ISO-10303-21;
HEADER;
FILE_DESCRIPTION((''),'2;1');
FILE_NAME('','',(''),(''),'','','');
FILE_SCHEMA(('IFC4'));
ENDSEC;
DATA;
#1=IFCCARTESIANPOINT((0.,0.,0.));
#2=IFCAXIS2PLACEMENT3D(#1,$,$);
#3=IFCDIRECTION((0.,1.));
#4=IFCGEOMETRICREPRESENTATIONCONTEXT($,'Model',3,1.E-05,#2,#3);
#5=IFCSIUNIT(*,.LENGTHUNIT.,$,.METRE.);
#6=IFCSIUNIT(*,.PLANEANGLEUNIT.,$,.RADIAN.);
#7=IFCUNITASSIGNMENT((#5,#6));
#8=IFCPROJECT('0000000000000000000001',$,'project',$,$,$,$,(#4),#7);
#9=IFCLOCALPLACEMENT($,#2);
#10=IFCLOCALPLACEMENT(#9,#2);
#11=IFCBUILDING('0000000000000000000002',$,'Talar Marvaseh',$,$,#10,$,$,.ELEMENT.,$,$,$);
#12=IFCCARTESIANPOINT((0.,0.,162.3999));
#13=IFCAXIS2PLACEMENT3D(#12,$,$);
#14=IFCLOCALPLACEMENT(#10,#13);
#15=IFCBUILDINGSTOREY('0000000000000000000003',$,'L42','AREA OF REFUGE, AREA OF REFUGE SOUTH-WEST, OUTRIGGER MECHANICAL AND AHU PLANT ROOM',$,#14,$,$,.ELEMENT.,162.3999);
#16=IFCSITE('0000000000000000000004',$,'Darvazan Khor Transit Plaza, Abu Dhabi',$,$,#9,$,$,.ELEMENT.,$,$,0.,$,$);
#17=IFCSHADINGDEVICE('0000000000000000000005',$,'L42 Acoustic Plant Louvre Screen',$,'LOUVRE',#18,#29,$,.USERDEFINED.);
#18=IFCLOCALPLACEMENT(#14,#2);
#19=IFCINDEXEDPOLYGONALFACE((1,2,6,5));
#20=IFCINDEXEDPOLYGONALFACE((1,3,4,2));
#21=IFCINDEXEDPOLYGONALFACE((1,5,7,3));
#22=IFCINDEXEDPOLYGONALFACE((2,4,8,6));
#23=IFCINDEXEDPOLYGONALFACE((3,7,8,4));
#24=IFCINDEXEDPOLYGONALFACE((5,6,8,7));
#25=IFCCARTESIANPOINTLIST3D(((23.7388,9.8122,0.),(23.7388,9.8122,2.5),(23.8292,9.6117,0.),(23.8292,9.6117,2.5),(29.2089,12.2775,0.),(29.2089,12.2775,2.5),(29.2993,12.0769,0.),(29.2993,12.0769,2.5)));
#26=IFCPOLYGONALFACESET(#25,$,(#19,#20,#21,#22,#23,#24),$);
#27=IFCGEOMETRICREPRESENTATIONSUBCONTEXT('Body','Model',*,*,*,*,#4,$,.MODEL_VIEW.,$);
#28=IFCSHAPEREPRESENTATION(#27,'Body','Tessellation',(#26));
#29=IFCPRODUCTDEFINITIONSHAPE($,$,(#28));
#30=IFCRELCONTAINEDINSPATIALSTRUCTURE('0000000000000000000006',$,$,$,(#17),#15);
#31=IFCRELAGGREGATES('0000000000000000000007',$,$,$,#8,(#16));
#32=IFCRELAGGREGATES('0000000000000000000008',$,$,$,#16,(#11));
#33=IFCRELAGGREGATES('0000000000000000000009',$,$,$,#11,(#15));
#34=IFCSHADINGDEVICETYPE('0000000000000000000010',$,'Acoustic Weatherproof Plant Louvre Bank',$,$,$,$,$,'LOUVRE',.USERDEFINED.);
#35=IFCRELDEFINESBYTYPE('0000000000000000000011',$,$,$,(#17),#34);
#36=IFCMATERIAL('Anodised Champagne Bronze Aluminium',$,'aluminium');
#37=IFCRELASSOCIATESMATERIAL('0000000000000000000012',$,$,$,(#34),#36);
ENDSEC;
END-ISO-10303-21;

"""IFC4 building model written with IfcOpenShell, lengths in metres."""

from ifc_helpers import new_model, si_unit, direction, frame, origin, origin_2d, place, context, subcontext, project, spatial, rectangle, extrude, source, transform, mapped, material, type_object, type_shapes, element, save


model = new_model("IFC4")

# Units and contexts
model_context = context("Model", 3, precision=1e-05, world=origin(), true_north=direction((0.0, 1.0)))
body_context = subcontext(model_context, "Body", "Model", "MODEL_VIEW")
ifc_project = project(units=[si_unit("LENGTHUNIT", "METRE"), si_unit("PLANEANGLEUNIT", "RADIAN")], contexts=[model_context])

# Site, building, storey
site_placement = place(None, origin())
site = spatial("IfcSite", under=ifc_project, at=site_placement, Name="Darvazan Khor Transit Plaza, Abu Dhabi", CompositionType="ELEMENT", RefElevation=0.0)
building_placement = place(site_placement, origin())
building = spatial("IfcBuilding", under=site, at=building_placement, Name="Talar Marvaseh", CompositionType="ELEMENT")
storey_placement = place(building_placement, frame((0.0, 0.0, 162.3999)))
storey = spatial("IfcBuildingStorey", under=building, at=storey_placement, Name="L42", Description="AREA OF REFUGE, AREA OF REFUGE SOUTH-WEST, OUTRIGGER MECHANICAL AND AHU PLANT ROOM", CompositionType="ELEMENT", Elevation=162.3999)

# Shading device
ifc_material_1 = material(Name="Anodised Champagne Bronze Aluminium", Category="aluminium")
shading_device_type = type_object("IfcShadingDeviceType", Name="Acoustic Weatherproof Plant Louvre Bank", ElementType="LOUVRE", PredefinedType="USERDEFINED", material=ifc_material_1)
shared_shape_1 = source(origin(), body_context, "Body", "SweptSolid", [
    extrude(rectangle(XDim=6.0, YDim=0.22, at=origin_2d()), origin(), (0.0, 0.0, 1.0), 2.5),
])
type_shapes(shading_device_type, [shared_shape_1])
shading_device_placement = place(storey_placement, frame((26.519, 10.9446, 0.0), z_axis=(0.0, 0.0, 1.0), x_axis=(-0.91169, -0.410878, 0.0)))
element("IfcShadingDevice", 1, at=shading_device_placement, inside=storey, type_object=shading_device_type, Name="L42 Acoustic Plant Louvre Screen", ObjectType="LOUVRE", PredefinedType="USERDEFINED", context=body_context, shape_type="MappedRepresentation", body=[
    mapped(shared_shape_1, transform((0.0, 0.0, 0.0), x_axis=(1.0, 0.0, 0.0), y_axis=(0.0, 1.0, 0.0), z_axis=(0.0, 0.0, 1.0), scale=1.0)),
])

save(model, "model.ifc")
